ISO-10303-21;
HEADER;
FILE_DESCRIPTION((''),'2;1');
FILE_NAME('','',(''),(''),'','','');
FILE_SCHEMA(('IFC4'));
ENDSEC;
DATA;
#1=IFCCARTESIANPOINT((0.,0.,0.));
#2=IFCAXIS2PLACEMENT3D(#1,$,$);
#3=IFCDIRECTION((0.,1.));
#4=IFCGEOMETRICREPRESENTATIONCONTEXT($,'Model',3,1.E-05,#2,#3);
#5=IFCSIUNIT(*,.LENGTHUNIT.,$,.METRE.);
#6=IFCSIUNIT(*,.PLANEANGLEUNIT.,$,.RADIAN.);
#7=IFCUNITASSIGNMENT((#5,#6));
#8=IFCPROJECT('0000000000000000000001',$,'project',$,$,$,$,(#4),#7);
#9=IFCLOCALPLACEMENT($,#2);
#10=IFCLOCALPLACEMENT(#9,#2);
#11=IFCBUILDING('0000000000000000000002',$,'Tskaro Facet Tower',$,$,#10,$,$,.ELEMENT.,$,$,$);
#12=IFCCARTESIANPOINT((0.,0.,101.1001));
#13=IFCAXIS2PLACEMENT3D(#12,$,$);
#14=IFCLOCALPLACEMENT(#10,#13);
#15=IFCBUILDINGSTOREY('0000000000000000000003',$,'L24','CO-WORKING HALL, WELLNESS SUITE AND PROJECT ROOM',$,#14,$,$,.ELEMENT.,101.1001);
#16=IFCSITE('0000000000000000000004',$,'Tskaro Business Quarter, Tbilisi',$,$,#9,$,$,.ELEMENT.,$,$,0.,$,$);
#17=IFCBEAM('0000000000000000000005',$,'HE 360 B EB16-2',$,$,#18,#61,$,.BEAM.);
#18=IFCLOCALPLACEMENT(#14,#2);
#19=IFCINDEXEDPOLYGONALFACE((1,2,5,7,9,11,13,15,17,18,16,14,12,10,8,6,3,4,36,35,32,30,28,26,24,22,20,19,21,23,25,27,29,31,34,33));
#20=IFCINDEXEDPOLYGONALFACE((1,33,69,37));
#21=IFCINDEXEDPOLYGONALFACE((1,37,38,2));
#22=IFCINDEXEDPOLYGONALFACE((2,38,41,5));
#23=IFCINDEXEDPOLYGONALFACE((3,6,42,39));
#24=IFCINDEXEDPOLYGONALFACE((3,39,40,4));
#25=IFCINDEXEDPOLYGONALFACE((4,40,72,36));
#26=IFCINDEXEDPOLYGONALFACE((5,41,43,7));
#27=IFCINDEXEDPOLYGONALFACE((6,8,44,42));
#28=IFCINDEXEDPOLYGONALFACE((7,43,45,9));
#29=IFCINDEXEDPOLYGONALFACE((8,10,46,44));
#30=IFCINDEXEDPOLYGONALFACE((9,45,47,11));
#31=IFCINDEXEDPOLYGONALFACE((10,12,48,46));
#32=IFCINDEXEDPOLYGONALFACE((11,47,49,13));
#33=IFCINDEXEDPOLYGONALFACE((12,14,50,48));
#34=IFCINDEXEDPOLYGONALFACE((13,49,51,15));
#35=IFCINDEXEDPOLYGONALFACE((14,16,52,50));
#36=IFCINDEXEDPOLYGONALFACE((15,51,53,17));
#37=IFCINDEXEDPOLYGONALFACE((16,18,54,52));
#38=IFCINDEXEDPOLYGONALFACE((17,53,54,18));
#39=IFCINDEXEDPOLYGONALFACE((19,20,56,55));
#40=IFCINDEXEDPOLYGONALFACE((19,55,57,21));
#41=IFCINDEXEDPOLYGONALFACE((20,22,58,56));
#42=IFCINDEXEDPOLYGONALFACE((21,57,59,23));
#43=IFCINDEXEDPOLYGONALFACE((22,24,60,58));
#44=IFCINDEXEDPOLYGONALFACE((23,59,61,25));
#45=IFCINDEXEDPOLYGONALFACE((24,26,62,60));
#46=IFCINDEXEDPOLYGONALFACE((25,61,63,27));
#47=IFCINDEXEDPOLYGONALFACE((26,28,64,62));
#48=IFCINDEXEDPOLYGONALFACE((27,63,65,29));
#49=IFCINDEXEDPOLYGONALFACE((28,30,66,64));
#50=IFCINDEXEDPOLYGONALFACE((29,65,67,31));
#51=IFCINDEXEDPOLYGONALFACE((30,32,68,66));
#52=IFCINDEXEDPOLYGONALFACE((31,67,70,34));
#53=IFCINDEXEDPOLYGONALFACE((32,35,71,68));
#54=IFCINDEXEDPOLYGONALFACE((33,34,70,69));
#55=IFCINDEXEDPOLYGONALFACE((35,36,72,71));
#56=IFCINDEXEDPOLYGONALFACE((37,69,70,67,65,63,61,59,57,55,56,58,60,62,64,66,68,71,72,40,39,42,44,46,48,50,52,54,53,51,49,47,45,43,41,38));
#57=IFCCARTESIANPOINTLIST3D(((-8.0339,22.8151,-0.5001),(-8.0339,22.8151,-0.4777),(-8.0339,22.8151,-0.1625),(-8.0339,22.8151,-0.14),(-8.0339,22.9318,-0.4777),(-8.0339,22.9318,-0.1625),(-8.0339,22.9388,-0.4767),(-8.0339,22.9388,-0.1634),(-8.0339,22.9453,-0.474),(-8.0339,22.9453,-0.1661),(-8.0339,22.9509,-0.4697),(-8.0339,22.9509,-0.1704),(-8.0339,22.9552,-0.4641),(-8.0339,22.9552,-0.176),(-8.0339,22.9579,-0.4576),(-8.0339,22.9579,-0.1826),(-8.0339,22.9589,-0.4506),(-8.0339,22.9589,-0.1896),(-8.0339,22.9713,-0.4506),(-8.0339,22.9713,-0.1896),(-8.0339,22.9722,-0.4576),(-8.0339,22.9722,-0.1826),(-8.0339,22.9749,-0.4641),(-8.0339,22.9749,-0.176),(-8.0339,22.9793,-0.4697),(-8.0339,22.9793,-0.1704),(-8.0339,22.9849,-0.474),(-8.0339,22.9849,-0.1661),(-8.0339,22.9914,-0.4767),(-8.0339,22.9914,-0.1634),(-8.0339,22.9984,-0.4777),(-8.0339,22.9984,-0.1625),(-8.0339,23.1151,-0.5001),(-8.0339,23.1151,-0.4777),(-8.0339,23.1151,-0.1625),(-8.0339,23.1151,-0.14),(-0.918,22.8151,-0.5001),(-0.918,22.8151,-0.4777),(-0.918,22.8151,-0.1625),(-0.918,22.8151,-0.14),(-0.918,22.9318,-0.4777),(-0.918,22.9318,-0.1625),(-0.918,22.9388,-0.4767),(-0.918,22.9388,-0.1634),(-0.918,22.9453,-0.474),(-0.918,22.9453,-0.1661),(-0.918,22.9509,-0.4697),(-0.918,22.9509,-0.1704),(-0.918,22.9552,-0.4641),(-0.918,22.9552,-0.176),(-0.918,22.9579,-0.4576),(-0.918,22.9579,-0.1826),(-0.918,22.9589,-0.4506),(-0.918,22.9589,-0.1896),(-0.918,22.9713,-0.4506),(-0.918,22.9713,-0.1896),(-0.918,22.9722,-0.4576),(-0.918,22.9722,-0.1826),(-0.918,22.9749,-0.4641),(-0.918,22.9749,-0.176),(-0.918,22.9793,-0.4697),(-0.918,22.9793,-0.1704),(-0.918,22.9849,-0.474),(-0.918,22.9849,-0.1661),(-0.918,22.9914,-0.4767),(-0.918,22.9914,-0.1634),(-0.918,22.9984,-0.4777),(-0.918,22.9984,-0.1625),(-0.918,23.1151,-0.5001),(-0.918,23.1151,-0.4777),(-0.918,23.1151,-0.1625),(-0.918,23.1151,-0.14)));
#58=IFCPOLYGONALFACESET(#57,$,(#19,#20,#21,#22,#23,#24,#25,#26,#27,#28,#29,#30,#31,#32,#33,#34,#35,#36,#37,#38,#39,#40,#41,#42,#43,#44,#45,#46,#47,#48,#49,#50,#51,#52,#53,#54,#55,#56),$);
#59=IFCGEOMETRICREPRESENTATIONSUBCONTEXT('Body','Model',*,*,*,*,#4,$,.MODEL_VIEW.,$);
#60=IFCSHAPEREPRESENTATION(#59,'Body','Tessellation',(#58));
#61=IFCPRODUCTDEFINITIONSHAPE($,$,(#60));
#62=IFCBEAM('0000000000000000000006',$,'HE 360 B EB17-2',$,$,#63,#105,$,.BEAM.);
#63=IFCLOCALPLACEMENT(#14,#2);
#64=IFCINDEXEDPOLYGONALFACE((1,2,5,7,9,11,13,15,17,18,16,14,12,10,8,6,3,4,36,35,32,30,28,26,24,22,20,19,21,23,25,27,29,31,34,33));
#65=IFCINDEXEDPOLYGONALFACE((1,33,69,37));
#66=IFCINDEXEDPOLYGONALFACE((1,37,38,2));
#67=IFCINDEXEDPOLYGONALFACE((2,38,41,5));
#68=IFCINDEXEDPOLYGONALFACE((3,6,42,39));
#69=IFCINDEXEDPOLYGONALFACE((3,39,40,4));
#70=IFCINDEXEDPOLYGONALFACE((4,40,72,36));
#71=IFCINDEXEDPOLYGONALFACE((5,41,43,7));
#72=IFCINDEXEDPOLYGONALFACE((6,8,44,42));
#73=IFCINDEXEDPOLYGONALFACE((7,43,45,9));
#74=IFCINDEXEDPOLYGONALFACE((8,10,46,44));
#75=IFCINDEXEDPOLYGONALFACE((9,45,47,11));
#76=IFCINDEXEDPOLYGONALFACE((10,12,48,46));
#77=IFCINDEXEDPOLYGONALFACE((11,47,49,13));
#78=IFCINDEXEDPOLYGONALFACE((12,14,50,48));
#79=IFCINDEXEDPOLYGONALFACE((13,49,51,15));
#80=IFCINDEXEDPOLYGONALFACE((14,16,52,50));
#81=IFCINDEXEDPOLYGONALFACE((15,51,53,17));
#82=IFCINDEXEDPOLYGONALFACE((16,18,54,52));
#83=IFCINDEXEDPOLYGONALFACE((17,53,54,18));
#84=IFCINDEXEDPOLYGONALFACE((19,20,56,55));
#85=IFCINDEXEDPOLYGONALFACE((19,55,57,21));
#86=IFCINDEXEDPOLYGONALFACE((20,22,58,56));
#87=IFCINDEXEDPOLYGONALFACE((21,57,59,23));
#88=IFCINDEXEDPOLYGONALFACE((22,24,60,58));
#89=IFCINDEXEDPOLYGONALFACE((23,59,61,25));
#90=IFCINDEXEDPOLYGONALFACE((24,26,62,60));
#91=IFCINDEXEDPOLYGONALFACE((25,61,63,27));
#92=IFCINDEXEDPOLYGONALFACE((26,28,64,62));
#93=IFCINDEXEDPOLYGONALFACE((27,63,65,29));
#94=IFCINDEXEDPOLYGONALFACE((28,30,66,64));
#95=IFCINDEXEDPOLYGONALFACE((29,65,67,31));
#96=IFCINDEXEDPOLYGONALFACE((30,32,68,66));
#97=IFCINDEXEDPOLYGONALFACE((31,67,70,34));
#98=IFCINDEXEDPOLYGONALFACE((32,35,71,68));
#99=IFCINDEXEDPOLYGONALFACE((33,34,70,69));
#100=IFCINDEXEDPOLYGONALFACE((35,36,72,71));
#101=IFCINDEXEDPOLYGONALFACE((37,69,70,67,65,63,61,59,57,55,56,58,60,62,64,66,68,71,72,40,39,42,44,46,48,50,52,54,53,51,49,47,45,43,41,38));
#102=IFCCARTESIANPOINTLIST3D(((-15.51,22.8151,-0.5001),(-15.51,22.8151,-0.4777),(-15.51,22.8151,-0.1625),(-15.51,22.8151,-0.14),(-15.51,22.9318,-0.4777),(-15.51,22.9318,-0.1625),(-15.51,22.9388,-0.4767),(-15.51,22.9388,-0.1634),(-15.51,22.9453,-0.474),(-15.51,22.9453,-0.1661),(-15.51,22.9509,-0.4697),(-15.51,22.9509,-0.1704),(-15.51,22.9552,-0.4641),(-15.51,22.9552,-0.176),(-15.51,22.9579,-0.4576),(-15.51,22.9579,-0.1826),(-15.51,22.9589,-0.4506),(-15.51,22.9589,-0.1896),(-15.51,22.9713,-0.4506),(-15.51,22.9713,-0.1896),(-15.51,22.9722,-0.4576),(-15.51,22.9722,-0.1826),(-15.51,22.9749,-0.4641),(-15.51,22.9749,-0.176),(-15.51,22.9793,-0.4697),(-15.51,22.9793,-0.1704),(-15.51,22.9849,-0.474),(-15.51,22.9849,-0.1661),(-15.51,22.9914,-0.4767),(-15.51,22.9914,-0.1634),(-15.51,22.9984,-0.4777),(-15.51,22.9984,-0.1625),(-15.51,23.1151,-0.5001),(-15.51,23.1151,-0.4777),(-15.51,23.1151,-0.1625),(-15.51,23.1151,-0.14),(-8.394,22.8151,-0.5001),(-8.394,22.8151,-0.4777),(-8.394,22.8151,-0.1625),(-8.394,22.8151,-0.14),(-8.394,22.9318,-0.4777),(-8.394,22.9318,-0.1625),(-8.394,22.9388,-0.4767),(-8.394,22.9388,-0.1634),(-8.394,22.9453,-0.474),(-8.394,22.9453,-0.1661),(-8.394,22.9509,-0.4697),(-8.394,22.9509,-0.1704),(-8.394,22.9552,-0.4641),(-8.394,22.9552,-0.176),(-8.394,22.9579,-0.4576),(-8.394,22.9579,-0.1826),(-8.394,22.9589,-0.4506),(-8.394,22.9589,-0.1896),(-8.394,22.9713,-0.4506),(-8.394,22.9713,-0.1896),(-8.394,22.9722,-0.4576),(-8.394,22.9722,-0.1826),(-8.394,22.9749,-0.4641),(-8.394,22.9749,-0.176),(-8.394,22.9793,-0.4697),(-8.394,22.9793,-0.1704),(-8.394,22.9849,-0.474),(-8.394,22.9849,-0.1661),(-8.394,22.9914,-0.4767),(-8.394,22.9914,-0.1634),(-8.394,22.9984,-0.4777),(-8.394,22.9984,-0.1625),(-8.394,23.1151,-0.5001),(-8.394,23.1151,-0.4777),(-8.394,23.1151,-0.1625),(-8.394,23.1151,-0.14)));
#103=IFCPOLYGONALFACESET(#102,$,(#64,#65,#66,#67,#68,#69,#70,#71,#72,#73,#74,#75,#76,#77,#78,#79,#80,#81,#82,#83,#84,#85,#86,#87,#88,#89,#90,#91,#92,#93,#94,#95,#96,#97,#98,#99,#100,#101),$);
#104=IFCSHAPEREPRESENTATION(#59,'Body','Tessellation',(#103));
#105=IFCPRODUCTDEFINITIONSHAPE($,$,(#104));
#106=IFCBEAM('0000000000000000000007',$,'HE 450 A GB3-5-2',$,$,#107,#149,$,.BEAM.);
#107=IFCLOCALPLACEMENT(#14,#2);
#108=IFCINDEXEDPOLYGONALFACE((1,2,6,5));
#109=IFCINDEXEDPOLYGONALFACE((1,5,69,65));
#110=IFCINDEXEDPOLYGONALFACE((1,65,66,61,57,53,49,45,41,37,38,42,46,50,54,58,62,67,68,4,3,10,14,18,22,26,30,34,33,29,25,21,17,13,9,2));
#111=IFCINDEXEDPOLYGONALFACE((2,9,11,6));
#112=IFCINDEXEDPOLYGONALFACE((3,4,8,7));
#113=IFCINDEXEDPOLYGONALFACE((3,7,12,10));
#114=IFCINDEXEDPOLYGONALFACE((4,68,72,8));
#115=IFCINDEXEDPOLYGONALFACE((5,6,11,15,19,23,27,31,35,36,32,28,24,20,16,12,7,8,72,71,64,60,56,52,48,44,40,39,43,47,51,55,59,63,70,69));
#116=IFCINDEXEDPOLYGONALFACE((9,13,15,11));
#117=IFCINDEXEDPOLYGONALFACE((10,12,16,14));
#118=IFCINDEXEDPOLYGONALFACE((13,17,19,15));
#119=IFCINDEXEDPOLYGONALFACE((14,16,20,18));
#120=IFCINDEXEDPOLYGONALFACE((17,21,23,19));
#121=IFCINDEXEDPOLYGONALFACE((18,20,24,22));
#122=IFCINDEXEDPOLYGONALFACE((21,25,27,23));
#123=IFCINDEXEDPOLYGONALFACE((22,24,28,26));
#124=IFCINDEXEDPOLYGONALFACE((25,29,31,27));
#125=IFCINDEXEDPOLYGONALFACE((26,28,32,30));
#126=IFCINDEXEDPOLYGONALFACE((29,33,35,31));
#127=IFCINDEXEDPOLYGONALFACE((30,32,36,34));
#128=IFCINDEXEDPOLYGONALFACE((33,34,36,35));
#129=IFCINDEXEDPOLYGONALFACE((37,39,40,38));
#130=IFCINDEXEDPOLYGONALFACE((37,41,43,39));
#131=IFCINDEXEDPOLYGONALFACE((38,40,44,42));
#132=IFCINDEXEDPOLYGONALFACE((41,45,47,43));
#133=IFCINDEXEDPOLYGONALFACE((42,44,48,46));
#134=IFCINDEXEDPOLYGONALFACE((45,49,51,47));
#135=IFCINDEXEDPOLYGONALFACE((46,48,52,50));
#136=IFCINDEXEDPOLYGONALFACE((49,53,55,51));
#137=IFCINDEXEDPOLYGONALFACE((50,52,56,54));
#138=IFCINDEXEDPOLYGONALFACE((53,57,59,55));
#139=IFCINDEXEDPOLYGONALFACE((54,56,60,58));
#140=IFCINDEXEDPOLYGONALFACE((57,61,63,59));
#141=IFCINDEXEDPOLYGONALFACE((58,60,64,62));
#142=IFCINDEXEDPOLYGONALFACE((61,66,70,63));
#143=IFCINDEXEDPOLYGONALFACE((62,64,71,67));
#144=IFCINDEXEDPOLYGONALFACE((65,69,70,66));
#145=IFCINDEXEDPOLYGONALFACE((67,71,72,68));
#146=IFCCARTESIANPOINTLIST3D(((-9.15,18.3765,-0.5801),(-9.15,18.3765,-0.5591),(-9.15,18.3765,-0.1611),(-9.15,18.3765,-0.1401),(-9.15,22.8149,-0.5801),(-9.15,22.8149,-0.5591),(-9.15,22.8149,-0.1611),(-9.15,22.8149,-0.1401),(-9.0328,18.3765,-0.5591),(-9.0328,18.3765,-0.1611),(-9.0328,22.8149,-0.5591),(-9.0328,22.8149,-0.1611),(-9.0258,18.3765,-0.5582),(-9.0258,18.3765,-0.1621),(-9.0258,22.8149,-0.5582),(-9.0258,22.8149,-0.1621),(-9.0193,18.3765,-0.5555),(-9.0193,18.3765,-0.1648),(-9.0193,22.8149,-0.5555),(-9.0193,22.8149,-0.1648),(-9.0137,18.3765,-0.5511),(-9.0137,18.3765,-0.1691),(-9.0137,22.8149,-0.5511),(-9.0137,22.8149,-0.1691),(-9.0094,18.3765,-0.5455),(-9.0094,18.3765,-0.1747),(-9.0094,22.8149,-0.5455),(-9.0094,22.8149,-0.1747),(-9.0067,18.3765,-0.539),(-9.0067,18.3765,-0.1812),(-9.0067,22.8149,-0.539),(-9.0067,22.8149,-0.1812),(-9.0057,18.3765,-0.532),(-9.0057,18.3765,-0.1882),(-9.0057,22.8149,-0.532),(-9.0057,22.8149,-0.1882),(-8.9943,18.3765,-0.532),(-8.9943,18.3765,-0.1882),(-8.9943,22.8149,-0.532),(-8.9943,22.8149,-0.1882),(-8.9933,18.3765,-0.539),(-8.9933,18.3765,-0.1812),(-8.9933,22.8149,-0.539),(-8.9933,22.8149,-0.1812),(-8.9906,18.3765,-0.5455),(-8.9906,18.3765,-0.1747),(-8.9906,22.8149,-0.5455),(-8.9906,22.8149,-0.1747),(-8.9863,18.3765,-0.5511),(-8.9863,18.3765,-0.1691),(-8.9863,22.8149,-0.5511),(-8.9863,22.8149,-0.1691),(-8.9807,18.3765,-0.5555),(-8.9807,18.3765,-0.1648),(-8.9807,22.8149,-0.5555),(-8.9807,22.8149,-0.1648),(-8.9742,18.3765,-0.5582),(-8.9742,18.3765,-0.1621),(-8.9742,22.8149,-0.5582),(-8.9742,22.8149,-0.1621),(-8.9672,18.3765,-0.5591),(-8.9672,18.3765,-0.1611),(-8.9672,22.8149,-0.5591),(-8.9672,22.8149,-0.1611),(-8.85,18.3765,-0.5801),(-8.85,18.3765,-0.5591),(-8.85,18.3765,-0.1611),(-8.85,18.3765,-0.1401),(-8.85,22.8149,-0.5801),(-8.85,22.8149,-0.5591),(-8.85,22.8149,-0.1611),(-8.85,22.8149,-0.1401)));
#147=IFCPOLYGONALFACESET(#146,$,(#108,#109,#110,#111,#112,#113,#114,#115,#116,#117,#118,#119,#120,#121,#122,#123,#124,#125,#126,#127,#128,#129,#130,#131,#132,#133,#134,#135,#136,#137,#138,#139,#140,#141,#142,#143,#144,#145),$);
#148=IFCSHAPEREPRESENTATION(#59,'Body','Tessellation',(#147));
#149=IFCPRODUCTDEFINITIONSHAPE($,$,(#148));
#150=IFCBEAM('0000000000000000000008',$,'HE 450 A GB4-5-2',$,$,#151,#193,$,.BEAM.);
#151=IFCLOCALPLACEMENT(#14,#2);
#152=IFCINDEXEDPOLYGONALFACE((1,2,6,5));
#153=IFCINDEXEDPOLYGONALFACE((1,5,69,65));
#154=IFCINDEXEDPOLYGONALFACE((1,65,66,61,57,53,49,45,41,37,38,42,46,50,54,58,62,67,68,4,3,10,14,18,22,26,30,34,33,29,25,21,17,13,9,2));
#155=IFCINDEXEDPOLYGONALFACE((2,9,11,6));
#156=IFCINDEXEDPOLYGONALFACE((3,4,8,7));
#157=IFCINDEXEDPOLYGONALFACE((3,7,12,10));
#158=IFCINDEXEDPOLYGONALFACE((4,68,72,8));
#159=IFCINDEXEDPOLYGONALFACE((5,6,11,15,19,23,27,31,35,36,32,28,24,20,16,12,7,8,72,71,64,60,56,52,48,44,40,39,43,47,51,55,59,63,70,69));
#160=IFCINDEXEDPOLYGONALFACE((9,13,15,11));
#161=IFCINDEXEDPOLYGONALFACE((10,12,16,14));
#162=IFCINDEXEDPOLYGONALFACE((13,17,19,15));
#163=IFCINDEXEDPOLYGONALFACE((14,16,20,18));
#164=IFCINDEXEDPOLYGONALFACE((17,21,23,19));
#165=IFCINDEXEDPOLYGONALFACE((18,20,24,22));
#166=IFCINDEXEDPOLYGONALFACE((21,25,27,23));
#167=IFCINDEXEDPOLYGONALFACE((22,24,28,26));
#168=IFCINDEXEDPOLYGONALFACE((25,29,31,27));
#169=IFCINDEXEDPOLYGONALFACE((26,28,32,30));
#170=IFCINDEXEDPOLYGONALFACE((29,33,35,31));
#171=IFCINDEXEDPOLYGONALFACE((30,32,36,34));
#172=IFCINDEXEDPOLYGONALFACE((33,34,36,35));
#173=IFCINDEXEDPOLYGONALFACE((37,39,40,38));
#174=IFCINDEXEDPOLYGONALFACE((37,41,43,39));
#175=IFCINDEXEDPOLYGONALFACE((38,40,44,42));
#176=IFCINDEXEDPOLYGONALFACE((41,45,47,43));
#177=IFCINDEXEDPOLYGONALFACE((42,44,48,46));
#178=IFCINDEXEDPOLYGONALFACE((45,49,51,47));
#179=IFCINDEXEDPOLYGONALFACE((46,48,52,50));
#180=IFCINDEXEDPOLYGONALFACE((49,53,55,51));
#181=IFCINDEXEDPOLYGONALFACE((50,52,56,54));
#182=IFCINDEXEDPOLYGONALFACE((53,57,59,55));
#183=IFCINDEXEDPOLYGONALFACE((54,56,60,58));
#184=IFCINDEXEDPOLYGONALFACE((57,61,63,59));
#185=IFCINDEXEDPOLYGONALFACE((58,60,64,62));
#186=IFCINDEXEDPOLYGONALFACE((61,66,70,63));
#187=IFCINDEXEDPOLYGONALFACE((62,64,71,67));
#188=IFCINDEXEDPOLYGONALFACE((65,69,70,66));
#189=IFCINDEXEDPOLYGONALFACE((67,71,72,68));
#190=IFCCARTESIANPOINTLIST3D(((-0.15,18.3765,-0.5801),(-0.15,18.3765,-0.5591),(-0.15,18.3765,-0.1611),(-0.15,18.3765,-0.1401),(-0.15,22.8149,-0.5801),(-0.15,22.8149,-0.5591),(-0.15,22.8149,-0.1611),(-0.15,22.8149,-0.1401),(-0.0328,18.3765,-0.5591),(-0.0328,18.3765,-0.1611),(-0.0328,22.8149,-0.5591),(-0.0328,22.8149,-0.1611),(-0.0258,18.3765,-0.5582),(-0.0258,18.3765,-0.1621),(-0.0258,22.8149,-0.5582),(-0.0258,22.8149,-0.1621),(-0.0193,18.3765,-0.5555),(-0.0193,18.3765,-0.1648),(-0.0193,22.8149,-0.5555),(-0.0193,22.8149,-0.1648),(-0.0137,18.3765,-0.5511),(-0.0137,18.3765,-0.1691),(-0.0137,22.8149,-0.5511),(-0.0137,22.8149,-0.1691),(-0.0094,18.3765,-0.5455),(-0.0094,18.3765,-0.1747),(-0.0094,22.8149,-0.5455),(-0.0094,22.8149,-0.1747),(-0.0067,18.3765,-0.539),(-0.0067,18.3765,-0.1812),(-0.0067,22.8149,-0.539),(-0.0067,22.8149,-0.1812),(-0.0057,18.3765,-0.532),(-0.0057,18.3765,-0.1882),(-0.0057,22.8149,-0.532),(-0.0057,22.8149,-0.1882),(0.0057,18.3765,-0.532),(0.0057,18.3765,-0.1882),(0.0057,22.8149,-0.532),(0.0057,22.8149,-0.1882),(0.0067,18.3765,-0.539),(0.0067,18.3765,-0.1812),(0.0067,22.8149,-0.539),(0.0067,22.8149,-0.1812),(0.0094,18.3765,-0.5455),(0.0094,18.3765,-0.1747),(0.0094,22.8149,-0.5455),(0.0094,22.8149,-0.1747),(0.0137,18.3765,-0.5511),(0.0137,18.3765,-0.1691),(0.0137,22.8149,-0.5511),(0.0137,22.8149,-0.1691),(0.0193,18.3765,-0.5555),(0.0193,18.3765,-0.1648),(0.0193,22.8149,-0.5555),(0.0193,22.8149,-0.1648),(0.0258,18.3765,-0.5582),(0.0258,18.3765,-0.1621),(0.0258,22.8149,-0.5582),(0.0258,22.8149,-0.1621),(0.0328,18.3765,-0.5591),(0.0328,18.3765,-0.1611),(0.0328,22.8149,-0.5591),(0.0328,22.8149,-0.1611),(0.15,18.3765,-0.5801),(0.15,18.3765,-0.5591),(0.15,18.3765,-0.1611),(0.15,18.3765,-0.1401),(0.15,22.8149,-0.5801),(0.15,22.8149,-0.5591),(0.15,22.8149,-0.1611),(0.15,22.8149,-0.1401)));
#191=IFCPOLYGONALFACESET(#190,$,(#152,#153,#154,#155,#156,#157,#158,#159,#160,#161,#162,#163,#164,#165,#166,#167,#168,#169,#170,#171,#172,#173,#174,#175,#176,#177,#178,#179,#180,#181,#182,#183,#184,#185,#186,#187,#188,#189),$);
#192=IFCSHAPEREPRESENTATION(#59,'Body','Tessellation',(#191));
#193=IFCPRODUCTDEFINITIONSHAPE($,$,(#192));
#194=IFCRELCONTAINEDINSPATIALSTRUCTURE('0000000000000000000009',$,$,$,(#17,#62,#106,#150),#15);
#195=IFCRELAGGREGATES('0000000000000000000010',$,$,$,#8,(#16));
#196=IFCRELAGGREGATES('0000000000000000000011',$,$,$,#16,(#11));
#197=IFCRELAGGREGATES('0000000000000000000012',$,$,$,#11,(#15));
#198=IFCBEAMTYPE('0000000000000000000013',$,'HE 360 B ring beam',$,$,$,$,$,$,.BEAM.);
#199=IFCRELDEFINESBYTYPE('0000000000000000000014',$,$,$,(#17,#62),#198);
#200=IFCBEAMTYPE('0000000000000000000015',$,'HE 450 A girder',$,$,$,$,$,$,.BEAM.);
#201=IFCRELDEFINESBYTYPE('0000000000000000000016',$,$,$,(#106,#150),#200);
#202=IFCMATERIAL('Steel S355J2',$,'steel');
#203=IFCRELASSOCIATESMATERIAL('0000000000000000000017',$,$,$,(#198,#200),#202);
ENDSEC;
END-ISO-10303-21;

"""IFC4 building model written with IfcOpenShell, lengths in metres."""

from ifc_helpers import new_model, si_unit, direction, frame, origin, origin_2d, place, context, subcontext, project, spatial, i_section, extrude, material, material_profile, profile_set, type_object, element, save


model = new_model("IFC4")

# Units and contexts
model_context = context("Model", 3, precision=1e-05, world=origin(), true_north=direction((0.0, 1.0)))
body_context = subcontext(model_context, "Body", "Model", "MODEL_VIEW")
ifc_project = project(units=[si_unit("LENGTHUNIT", "METRE"), si_unit("PLANEANGLEUNIT", "RADIAN")], contexts=[model_context])

# Site, building, storey
site_placement = place(None, origin())
site = spatial("IfcSite", under=ifc_project, at=site_placement, Name="Tskaro Business Quarter, Tbilisi", CompositionType="ELEMENT", RefElevation=0.0)
building_placement = place(site_placement, origin())
building = spatial("IfcBuilding", under=site, at=building_placement, Name="Tskaro Facet Tower", CompositionType="ELEMENT")
storey_placement = place(building_placement, frame((0.0, 0.0, 101.1001)))
storey = spatial("IfcBuildingStorey", under=building, at=storey_placement, Name="L24", Description="CO-WORKING HALL, WELLNESS SUITE AND PROJECT ROOM", CompositionType="ELEMENT", Elevation=101.1001)

# Beams
ifc_material_1 = material(Name="Steel S355J2", Category="steel")
ifc_material_profile_1 = material_profile(ifc_material_1, i_section(OverallWidth=0.3, OverallDepth=0.3601, WebThickness=0.0125, FlangeThickness=0.0225, FilletRadius=0.0271, at=origin_2d()), Name="HE 360 B")
ifc_profile_set_1 = profile_set([ifc_material_profile_1], Name="Steel S355J2")
beam_type_1 = type_object("IfcBeamType", Name="HE 360 B ring beam", PredefinedType="BEAM", material=ifc_profile_set_1)
for number, where, z_axis, x_axis, name in (
    (1, (-0.918, 22.9651, -0.3201), (-1.0, 0.0, 0.0), (0.0, -1.0, 0.0), "HE 360 B EB16-2"),
    (2, (-8.394, 22.9651, -0.3201), (-1.0, 0.0, 0.0), (0.0, -1.0, 0.0), "HE 360 B EB17-2"),
):
    element("IfcBeam", number, at=place(storey_placement, frame(where, z_axis=z_axis, x_axis=x_axis)), inside=storey, type_object=beam_type_1, Name=name, PredefinedType="BEAM", context=body_context, shape_type="SweptSolid", body=[
        extrude(i_section(OverallWidth=0.3, OverallDepth=0.3601, WebThickness=0.0125, FlangeThickness=0.0225, FilletRadius=0.0271, at=origin_2d()), origin(), (0.0, 0.0, 1.0), 7.116),
    ])
ifc_material_profile_2 = material_profile(ifc_material_1, i_section(OverallWidth=0.3, OverallDepth=0.4399, WebThickness=0.0115, FlangeThickness=0.021, FilletRadius=0.0271, at=origin_2d()), Name="HE 450 A")
ifc_profile_set_2 = profile_set([ifc_material_profile_2], Name="Steel S355J2")
beam_type_2 = type_object("IfcBeamType", Name="HE 450 A girder", PredefinedType="BEAM", material=ifc_profile_set_2)
for number, where, z_axis, x_axis, name in (
    (3, (-9.0, 18.3765, -0.3601), (0.0, 1.0, 0.0), (-1.0, 0.0, 0.0), "HE 450 A GB3-5-2"),
    (4, (0.0, 18.3765, -0.3601), (0.0, 1.0, 0.0), (-1.0, 0.0, 0.0), "HE 450 A GB4-5-2"),
):
    element("IfcBeam", number, at=place(storey_placement, frame(where, z_axis=z_axis, x_axis=x_axis)), inside=storey, type_object=beam_type_2, Name=name, PredefinedType="BEAM", context=body_context, shape_type="SweptSolid", body=[
        extrude(i_section(OverallWidth=0.3, OverallDepth=0.4399, WebThickness=0.0115, FlangeThickness=0.021, FilletRadius=0.0271, at=origin_2d()), origin(), (0.0, 0.0, 1.0), 4.4385),
    ])

save(model, "model.ifc")
